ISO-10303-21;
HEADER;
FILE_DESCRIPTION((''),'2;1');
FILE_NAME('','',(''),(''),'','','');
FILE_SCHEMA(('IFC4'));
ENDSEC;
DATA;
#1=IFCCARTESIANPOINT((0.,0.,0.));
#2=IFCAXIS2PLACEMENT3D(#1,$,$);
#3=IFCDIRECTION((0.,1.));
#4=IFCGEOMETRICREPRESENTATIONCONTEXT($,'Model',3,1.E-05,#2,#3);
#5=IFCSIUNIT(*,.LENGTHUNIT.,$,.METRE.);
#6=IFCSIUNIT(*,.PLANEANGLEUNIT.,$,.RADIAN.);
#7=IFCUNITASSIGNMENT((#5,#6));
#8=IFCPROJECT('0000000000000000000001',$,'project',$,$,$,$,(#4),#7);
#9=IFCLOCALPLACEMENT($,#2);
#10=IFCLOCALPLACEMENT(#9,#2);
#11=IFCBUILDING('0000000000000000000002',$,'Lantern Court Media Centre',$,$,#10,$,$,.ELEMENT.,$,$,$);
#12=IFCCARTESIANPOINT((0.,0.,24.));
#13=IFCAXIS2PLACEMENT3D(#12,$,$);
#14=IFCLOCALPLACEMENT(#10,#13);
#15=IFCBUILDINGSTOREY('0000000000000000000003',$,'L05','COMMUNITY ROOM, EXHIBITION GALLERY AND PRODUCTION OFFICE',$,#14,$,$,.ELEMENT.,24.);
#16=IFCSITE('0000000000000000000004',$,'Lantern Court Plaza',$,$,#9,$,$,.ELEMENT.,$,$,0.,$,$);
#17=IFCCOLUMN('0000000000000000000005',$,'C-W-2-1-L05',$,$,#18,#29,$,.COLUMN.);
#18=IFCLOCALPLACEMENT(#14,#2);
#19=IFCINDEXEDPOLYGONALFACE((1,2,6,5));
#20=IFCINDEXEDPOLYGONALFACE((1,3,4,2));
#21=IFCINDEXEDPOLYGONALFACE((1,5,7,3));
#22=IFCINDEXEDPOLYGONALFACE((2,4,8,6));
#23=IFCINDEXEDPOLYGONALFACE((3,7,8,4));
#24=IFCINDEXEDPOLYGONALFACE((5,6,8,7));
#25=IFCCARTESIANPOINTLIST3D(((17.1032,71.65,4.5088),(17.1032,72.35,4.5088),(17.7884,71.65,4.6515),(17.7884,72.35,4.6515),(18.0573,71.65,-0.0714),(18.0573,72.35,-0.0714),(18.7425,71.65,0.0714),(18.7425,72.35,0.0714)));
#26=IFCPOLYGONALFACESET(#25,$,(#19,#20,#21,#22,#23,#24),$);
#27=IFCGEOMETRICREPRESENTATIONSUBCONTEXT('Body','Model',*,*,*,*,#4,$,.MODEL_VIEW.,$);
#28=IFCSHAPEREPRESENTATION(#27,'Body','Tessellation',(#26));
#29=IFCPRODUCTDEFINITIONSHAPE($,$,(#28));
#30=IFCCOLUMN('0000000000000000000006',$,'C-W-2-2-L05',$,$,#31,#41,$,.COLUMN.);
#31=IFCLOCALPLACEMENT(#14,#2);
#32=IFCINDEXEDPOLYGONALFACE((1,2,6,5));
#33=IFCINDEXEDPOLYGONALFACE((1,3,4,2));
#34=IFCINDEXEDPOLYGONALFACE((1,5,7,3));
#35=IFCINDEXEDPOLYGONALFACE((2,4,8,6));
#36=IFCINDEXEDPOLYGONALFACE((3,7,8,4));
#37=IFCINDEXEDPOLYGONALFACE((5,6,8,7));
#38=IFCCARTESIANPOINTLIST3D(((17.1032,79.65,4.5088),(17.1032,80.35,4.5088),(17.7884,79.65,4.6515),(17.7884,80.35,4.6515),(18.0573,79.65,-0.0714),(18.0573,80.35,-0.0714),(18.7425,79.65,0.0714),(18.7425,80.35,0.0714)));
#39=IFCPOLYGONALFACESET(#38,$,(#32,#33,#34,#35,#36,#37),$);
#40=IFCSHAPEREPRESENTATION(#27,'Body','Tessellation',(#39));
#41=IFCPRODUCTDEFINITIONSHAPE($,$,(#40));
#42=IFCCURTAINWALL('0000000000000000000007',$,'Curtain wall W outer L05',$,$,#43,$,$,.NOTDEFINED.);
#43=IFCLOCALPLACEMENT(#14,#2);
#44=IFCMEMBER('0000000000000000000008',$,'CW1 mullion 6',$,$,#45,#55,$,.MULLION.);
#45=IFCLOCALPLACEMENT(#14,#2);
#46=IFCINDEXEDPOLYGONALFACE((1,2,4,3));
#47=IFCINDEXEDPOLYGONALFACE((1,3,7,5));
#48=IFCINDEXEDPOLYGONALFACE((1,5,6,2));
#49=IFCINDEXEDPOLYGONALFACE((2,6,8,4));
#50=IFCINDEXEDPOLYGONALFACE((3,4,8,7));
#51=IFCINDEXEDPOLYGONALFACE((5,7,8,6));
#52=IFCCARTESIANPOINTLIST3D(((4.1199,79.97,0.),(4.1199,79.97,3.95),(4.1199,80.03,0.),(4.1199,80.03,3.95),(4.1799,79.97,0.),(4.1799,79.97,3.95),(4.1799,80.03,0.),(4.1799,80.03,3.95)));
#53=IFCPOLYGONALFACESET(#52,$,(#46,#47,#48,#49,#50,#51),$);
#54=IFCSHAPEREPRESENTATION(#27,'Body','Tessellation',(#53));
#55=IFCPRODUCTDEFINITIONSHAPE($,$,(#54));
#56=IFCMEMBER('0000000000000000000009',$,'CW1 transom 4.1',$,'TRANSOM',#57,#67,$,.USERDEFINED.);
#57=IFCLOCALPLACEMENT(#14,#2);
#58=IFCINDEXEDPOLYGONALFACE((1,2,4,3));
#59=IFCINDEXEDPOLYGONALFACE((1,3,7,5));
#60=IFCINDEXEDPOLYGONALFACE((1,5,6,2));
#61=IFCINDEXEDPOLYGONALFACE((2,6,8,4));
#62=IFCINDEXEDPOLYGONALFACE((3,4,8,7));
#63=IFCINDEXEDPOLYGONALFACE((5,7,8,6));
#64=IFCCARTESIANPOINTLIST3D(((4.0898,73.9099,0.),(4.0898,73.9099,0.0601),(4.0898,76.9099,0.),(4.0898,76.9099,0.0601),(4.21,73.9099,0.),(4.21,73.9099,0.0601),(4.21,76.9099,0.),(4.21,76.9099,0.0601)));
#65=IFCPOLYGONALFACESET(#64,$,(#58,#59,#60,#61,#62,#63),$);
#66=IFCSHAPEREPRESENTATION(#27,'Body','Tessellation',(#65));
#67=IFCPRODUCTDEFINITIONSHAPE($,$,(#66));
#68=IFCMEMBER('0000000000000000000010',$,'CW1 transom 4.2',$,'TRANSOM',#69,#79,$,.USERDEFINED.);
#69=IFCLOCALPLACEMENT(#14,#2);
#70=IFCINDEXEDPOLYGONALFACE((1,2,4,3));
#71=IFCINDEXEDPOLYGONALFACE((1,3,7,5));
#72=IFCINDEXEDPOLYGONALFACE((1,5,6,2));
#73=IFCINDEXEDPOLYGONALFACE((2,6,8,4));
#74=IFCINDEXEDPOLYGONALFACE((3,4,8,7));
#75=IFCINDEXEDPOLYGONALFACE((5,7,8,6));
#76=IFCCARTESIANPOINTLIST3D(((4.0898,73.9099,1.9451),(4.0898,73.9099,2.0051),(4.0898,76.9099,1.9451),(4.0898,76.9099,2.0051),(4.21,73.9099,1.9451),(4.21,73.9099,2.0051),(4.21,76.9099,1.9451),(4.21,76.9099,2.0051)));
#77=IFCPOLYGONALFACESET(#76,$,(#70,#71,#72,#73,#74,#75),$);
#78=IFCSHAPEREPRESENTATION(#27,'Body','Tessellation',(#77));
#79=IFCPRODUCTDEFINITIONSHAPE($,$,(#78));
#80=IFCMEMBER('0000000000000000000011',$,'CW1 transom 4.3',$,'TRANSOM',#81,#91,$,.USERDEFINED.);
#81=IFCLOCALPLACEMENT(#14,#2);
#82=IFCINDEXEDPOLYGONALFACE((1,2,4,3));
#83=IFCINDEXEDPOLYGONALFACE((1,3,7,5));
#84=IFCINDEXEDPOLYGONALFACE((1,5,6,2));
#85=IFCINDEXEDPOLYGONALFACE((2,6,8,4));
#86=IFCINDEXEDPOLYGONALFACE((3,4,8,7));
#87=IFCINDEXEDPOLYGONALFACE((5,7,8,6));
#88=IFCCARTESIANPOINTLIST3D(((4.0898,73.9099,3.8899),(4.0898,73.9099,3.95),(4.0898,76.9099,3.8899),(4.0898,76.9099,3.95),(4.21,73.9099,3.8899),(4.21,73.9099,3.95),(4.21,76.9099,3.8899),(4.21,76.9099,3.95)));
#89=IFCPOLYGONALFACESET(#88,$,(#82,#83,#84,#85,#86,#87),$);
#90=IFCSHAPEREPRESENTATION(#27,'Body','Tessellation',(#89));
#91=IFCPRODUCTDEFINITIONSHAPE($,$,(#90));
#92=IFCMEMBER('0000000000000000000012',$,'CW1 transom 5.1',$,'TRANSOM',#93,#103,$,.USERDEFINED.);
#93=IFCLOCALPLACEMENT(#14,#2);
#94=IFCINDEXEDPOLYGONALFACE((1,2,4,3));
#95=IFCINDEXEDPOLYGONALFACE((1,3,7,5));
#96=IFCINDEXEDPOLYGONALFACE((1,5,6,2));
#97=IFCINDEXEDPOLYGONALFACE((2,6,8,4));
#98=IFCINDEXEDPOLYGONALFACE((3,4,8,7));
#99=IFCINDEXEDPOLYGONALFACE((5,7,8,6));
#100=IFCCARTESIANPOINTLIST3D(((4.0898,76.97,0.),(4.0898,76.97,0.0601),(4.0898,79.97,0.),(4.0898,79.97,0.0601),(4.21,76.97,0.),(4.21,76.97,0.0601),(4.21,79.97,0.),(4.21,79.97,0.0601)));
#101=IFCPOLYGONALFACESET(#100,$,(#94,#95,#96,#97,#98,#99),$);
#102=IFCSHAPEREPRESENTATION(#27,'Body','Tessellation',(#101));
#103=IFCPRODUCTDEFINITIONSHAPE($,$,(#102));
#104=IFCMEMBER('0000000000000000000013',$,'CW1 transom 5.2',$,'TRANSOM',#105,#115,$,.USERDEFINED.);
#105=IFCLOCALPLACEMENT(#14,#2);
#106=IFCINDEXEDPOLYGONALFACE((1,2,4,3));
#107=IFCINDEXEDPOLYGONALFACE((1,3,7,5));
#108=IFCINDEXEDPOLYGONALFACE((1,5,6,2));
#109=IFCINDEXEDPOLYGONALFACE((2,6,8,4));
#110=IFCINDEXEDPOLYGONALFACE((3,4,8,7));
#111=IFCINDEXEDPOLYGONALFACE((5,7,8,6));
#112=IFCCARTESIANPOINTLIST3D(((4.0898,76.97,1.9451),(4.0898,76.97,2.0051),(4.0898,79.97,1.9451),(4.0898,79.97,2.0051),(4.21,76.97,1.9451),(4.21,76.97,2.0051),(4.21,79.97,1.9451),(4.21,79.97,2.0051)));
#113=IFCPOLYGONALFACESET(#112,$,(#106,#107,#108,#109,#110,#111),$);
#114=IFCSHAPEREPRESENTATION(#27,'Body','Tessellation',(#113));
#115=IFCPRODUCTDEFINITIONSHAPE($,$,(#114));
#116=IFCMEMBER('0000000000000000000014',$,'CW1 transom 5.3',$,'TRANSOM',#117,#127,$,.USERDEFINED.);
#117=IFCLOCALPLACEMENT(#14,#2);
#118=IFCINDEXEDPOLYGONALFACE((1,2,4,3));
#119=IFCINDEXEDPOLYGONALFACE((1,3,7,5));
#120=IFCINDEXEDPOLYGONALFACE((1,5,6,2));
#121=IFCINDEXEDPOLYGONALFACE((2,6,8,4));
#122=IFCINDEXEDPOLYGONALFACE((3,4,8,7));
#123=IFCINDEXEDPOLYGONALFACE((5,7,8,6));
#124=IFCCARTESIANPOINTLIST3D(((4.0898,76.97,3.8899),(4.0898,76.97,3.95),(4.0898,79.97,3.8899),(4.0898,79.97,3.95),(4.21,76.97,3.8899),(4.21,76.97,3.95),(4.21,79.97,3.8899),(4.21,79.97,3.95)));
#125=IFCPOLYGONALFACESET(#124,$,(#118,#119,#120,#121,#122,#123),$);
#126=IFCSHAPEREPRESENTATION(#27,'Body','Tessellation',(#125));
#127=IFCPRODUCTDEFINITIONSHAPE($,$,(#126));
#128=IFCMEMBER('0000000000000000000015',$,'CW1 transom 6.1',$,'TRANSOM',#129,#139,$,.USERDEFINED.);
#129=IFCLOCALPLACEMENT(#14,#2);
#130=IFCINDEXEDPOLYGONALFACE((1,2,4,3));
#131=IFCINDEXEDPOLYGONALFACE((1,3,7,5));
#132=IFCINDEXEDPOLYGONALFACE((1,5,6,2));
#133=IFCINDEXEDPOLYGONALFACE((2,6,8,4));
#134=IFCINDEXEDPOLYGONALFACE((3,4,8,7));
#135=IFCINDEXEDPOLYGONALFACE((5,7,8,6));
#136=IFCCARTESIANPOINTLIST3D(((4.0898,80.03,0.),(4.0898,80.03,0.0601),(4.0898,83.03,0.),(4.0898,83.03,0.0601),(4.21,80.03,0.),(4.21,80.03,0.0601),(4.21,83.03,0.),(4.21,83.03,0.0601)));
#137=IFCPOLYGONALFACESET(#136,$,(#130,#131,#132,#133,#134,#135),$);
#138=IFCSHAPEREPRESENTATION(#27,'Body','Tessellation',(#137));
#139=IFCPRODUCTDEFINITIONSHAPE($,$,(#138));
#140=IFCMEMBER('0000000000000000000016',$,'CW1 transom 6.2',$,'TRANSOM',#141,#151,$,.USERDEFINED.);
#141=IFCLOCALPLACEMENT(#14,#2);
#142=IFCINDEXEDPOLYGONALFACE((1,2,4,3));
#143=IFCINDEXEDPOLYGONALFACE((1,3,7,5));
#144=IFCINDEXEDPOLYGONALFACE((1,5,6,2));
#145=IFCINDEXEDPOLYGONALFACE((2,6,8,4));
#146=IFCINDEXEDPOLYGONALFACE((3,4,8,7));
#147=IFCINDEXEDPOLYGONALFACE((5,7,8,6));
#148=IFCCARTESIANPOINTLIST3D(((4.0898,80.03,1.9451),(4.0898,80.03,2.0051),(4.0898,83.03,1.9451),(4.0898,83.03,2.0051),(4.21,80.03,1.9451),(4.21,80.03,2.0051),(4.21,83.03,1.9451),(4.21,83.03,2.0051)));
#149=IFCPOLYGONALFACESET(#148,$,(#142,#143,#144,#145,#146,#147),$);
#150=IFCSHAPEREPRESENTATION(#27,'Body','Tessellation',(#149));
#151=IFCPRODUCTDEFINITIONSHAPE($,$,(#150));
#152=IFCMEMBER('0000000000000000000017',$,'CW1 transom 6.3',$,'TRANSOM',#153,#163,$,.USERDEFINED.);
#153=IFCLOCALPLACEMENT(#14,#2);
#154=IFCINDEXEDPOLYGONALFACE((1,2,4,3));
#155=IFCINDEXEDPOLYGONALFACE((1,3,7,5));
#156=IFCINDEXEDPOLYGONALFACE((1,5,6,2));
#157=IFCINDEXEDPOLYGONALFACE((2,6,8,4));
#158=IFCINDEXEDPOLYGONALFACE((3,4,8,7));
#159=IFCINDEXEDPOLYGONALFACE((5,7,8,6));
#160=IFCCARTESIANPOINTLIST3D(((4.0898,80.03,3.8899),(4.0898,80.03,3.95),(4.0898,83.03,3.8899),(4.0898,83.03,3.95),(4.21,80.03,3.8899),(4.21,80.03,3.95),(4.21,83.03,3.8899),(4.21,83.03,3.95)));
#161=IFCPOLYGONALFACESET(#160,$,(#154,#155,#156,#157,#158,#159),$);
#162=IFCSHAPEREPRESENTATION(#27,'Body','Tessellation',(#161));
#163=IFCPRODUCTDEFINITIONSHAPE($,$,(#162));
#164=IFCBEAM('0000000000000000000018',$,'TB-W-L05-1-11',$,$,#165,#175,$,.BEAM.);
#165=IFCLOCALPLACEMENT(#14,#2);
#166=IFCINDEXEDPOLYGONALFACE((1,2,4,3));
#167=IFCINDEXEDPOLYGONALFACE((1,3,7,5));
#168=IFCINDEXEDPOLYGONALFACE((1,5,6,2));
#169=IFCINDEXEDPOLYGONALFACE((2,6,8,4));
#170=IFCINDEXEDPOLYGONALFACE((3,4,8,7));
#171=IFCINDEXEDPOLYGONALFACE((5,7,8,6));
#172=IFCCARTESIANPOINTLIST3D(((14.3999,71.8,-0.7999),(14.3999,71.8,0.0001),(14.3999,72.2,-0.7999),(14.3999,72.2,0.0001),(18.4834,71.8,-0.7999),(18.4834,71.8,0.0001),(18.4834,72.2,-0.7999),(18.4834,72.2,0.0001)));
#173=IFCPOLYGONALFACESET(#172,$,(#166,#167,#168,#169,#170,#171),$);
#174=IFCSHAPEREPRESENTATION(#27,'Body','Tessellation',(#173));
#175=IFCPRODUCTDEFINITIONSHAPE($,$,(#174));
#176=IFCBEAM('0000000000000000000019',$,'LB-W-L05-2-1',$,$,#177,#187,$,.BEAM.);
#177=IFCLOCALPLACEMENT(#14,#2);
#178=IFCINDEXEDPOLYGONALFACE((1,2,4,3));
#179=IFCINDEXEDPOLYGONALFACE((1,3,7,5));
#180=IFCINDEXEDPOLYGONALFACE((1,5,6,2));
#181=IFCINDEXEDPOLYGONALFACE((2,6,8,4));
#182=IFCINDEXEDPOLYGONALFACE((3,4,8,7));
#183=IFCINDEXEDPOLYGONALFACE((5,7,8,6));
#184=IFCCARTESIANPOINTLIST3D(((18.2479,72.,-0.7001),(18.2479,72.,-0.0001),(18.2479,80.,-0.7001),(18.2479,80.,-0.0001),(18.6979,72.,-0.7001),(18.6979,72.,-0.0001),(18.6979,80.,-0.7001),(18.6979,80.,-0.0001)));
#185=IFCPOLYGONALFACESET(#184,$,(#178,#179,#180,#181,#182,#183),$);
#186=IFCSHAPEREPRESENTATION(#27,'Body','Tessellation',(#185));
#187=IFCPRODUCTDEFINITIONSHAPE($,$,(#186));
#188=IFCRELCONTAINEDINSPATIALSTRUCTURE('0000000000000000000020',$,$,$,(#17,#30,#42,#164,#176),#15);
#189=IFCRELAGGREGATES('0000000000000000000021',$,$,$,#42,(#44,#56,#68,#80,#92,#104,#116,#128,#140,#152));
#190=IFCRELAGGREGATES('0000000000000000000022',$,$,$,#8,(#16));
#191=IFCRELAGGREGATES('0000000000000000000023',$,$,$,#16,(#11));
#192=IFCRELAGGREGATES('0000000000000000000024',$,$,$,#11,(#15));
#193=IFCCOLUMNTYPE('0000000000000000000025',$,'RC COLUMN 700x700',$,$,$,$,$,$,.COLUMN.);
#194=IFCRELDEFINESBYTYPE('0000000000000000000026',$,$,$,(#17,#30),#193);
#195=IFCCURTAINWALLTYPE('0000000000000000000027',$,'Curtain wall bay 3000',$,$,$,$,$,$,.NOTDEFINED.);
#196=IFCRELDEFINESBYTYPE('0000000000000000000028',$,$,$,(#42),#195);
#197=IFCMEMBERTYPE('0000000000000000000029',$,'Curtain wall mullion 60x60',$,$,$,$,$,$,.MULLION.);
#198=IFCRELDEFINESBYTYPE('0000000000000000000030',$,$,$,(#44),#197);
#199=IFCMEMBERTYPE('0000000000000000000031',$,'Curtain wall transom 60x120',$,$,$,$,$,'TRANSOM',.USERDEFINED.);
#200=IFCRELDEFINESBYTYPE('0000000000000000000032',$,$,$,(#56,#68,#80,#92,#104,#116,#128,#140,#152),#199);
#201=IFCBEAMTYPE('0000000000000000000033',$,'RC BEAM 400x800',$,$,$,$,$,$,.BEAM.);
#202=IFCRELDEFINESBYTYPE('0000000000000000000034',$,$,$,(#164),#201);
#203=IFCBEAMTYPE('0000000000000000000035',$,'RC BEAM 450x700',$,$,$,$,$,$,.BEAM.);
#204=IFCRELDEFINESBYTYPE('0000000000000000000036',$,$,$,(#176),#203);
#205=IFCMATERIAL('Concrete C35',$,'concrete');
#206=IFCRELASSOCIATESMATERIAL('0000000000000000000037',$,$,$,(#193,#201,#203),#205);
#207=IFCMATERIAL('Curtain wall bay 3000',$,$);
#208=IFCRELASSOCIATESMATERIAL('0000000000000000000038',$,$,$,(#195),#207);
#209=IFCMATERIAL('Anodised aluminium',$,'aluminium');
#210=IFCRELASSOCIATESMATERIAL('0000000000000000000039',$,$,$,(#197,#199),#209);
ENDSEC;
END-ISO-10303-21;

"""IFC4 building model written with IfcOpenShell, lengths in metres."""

from ifc_helpers import new_model, si_unit, direction, frame, origin, origin_2d, place, context, subcontext, project, spatial, rectangle, extrude, material, material_profile, profile_set, type_object, element, aggregate, save


model = new_model("IFC4")

# Units and contexts
model_context = context("Model", 3, precision=1e-05, world=origin(), true_north=direction((0.0, 1.0)))
body_context = subcontext(model_context, "Body", "Model", "MODEL_VIEW")
ifc_project = project(units=[si_unit("LENGTHUNIT", "METRE"), si_unit("PLANEANGLEUNIT", "RADIAN")], contexts=[model_context])

# Site, building, storey
site_placement = place(None, origin())
site = spatial("IfcSite", under=ifc_project, at=site_placement, Name="Lantern Court Plaza", CompositionType="ELEMENT", RefElevation=0.0)
building_placement = place(site_placement, origin())
building = spatial("IfcBuilding", under=site, at=building_placement, Name="Lantern Court Media Centre", CompositionType="ELEMENT")
storey_placement = place(building_placement, frame((0.0, 0.0, 24.0)))
storey = spatial("IfcBuildingStorey", under=building, at=storey_placement, Name="L05", Description="COMMUNITY ROOM, EXHIBITION GALLERY AND PRODUCTION OFFICE", CompositionType="ELEMENT", Elevation=24.0)

# Columns
ifc_material_1 = material(Name="Concrete C35", Category="concrete")
ifc_material_profile_1 = material_profile(ifc_material_1, rectangle(XDim=0.7, YDim=0.7, at=origin_2d()), Name="RC 700x700")
ifc_profile_set_1 = profile_set([ifc_material_profile_1], Name="Concrete C35")
column_type = type_object("IfcColumnType", Name="RC COLUMN 700x700", PredefinedType="COLUMN", material=ifc_profile_set_1)
for number, where, z_axis, x_axis, name in (
    (1, (18.3999, 72.0, 0.0), (-0.203938, 0.0, 0.978984), (0.0, -1.0, 0.0), "C-W-2-1-L05"),
    (2, (18.3999, 80.0, 0.0), (-0.203938, 0.0, 0.978984), (0.0, -1.0, 0.0), "C-W-2-2-L05"),
):
    element("IfcColumn", number, at=place(storey_placement, frame(where, z_axis=z_axis, x_axis=x_axis)), inside=storey, type_object=column_type, Name=name, PredefinedType="COLUMN", context=body_context, shape_type="SweptSolid", body=[
        extrude(rectangle(XDim=0.7, YDim=0.7, at=origin_2d()), origin(), (0.0, 0.0, 1.0), 4.6785),
    ])

# Curtain wall, members
ifc_material_2 = material(Name="Curtain wall bay 3000")
curtain_wall_type = type_object("IfcCurtainWallType", Name="Curtain wall bay 3000", PredefinedType="NOTDEFINED", material=ifc_material_2)
curtain_wall_placement = place(storey_placement, origin())
curtain_wall = element("IfcCurtainWall", 3, at=curtain_wall_placement, inside=storey, type_object=curtain_wall_type, Name="Curtain wall W outer L05", PredefinedType="NOTDEFINED")
ifc_material_3 = material(Name="Anodised aluminium", Category="aluminium")
ifc_material_profile_2 = material_profile(ifc_material_3, rectangle(XDim=0.0601, YDim=0.0601, at=origin_2d()), Name="AL 60x60")
ifc_profile_set_2 = profile_set([ifc_material_profile_2], Name="Anodised aluminium")
member_type_1 = type_object("IfcMemberType", Name="Curtain wall mullion 60x60", PredefinedType="MULLION", material=ifc_profile_set_2)
member_1_placement = place(storey_placement, frame((4.1499, 80.0, 0.0), z_axis=(0.0, 0.0, 1.0), x_axis=(-1.0, 0.0, 0.0)))
member_1 = element("IfcMember", 4, at=member_1_placement, type_object=member_type_1, Name="CW1 mullion 6", PredefinedType="MULLION", context=body_context, shape_type="SweptSolid", body=[
    extrude(rectangle(XDim=0.0601, YDim=0.0601, at=origin_2d()), origin(), (0.0, 0.0, 1.0), 3.95),
])
ifc_material_profile_3 = material_profile(ifc_material_3, rectangle(XDim=0.1201, YDim=0.0601, at=origin_2d()), Name="AL 60x120")
ifc_profile_set_3 = profile_set([ifc_material_profile_3], Name="Anodised aluminium")
member_type_2 = type_object("IfcMemberType", Name="Curtain wall transom 60x120", ElementType="TRANSOM", PredefinedType="USERDEFINED", material=ifc_profile_set_3)
member_2_placement = place(storey_placement, frame((4.1499, 73.9099, 0.03), z_axis=(0.0, 1.0, 0.0), x_axis=(-1.0, 0.0, 0.0)))
member_2 = element("IfcMember", 5, at=member_2_placement, type_object=member_type_2, Name="CW1 transom 4.1", ObjectType="TRANSOM", PredefinedType="USERDEFINED", context=body_context, shape_type="SweptSolid", body=[
    extrude(rectangle(XDim=0.1201, YDim=0.0601, at=origin_2d()), origin(), (0.0, 0.0, 1.0), 3.0),
])
member_3_placement = place(storey_placement, frame((4.1499, 73.9099, 1.9751), z_axis=(0.0, 1.0, 0.0), x_axis=(-1.0, 0.0, 0.0)))
member_3 = element("IfcMember", 6, at=member_3_placement, type_object=member_type_2, Name="CW1 transom 4.2", ObjectType="TRANSOM", PredefinedType="USERDEFINED", context=body_context, shape_type="SweptSolid", body=[
    extrude(rectangle(XDim=0.1201, YDim=0.0601, at=origin_2d()), origin(), (0.0, 0.0, 1.0), 3.0),
])
member_4_placement = place(storey_placement, frame((4.1499, 73.9099, 3.9199), z_axis=(0.0, 1.0, 0.0), x_axis=(-1.0, 0.0, 0.0)))
member_4 = element("IfcMember", 7, at=member_4_placement, type_object=member_type_2, Name="CW1 transom 4.3", ObjectType="TRANSOM", PredefinedType="USERDEFINED", context=body_context, shape_type="SweptSolid", body=[
    extrude(rectangle(XDim=0.1201, YDim=0.0601, at=origin_2d()), origin(), (0.0, 0.0, 1.0), 3.0),
])
member_5_placement = place(storey_placement, frame((4.1499, 76.97, 0.03), z_axis=(0.0, 1.0, 0.0), x_axis=(-1.0, 0.0, 0.0)))
member_5 = element("IfcMember", 8, at=member_5_placement, type_object=member_type_2, Name="CW1 transom 5.1", ObjectType="TRANSOM", PredefinedType="USERDEFINED", context=body_context, shape_type="SweptSolid", body=[
    extrude(rectangle(XDim=0.1201, YDim=0.0601, at=origin_2d()), origin(), (0.0, 0.0, 1.0), 3.0),
])
member_6_placement = place(storey_placement, frame((4.1499, 76.97, 1.9751), z_axis=(0.0, 1.0, 0.0), x_axis=(-1.0, 0.0, 0.0)))
member_6 = element("IfcMember", 9, at=member_6_placement, type_object=member_type_2, Name="CW1 transom 5.2", ObjectType="TRANSOM", PredefinedType="USERDEFINED", context=body_context, shape_type="SweptSolid", body=[
    extrude(rectangle(XDim=0.1201, YDim=0.0601, at=origin_2d()), origin(), (0.0, 0.0, 1.0), 3.0),
])
member_7_placement = place(storey_placement, frame((4.1499, 76.97, 3.9199), z_axis=(0.0, 1.0, 0.0), x_axis=(-1.0, 0.0, 0.0)))
member_7 = element("IfcMember", 10, at=member_7_placement, type_object=member_type_2, Name="CW1 transom 5.3", ObjectType="TRANSOM", PredefinedType="USERDEFINED", context=body_context, shape_type="SweptSolid", body=[
    extrude(rectangle(XDim=0.1201, YDim=0.0601, at=origin_2d()), origin(), (0.0, 0.0, 1.0), 3.0),
])
member_8_placement = place(storey_placement, frame((4.1499, 80.03, 0.03), z_axis=(0.0, 1.0, 0.0), x_axis=(-1.0, 0.0, 0.0)))
member_8 = element("IfcMember", 11, at=member_8_placement, type_object=member_type_2, Name="CW1 transom 6.1", ObjectType="TRANSOM", PredefinedType="USERDEFINED", context=body_context, shape_type="SweptSolid", body=[
    extrude(rectangle(XDim=0.1201, YDim=0.0601, at=origin_2d()), origin(), (0.0, 0.0, 1.0), 3.0),
])
member_9_placement = place(storey_placement, frame((4.1499, 80.03, 1.9751), z_axis=(0.0, 1.0, 0.0), x_axis=(-1.0, 0.0, 0.0)))
member_9 = element("IfcMember", 12, at=member_9_placement, type_object=member_type_2, Name="CW1 transom 6.2", ObjectType="TRANSOM", PredefinedType="USERDEFINED", context=body_context, shape_type="SweptSolid", body=[
    extrude(rectangle(XDim=0.1201, YDim=0.0601, at=origin_2d()), origin(), (0.0, 0.0, 1.0), 3.0),
])
member_10_placement = place(storey_placement, frame((4.1499, 80.03, 3.9199), z_axis=(0.0, 1.0, 0.0), x_axis=(-1.0, 0.0, 0.0)))
member_10 = element("IfcMember", 13, at=member_10_placement, type_object=member_type_2, Name="CW1 transom 6.3", ObjectType="TRANSOM", PredefinedType="USERDEFINED", context=body_context, shape_type="SweptSolid", body=[
    extrude(rectangle(XDim=0.1201, YDim=0.0601, at=origin_2d()), origin(), (0.0, 0.0, 1.0), 3.0),
])

# Beams
ifc_material_profile_4 = material_profile(ifc_material_1, rectangle(XDim=0.3999, YDim=0.8, at=origin_2d()), Name="RC 400x800")
ifc_profile_set_4 = profile_set([ifc_material_profile_4], Name="Concrete C35")
beam_type_1 = type_object("IfcBeamType", Name="RC BEAM 400x800", PredefinedType="BEAM", material=ifc_profile_set_4)
beam_placement = place(storey_placement, frame((14.3999, 72.0, -0.3999), z_axis=(1.0, 0.0, 0.0), x_axis=(0.0, 1.0, 0.0)))
element("IfcBeam", 14, at=beam_placement, inside=storey, type_object=beam_type_1, Name="TB-W-L05-1-11", PredefinedType="BEAM", context=body_context, shape_type="SweptSolid", body=[
    extrude(rectangle(XDim=0.3999, YDim=0.8, at=origin_2d()), origin(), (0.0, 0.0, 1.0), 4.0835),
])
ifc_material_profile_5 = material_profile(ifc_material_1, rectangle(XDim=0.45, YDim=0.7, at=origin_2d()), Name="RC 450x700")
ifc_profile_set_5 = profile_set([ifc_material_profile_5], Name="Concrete C35")
beam_type_2 = type_object("IfcBeamType", Name="RC BEAM 450x700", PredefinedType="BEAM", material=ifc_profile_set_5)
for number, where, z_axis, x_axis, name in (
    (15, (18.4729, 72.0, -0.3501), (0.0, 1.0, 0.0), (-1.0, 0.0, 0.0), "LB-W-L05-2-1"),
):
    element("IfcBeam", number, at=place(storey_placement, frame(where, z_axis=z_axis, x_axis=x_axis)), inside=storey, type_object=beam_type_2, Name=name, PredefinedType="BEAM", context=body_context, shape_type="SweptSolid", body=[
        extrude(rectangle(XDim=0.45, YDim=0.7, at=origin_2d()), origin(), (0.0, 0.0, 1.0), 8.0),
    ])

aggregate(curtain_wall, [member_1, member_2, member_3, member_4, member_5, member_6, member_7, member_8, member_9, member_10])

save(model, "model.ifc")
